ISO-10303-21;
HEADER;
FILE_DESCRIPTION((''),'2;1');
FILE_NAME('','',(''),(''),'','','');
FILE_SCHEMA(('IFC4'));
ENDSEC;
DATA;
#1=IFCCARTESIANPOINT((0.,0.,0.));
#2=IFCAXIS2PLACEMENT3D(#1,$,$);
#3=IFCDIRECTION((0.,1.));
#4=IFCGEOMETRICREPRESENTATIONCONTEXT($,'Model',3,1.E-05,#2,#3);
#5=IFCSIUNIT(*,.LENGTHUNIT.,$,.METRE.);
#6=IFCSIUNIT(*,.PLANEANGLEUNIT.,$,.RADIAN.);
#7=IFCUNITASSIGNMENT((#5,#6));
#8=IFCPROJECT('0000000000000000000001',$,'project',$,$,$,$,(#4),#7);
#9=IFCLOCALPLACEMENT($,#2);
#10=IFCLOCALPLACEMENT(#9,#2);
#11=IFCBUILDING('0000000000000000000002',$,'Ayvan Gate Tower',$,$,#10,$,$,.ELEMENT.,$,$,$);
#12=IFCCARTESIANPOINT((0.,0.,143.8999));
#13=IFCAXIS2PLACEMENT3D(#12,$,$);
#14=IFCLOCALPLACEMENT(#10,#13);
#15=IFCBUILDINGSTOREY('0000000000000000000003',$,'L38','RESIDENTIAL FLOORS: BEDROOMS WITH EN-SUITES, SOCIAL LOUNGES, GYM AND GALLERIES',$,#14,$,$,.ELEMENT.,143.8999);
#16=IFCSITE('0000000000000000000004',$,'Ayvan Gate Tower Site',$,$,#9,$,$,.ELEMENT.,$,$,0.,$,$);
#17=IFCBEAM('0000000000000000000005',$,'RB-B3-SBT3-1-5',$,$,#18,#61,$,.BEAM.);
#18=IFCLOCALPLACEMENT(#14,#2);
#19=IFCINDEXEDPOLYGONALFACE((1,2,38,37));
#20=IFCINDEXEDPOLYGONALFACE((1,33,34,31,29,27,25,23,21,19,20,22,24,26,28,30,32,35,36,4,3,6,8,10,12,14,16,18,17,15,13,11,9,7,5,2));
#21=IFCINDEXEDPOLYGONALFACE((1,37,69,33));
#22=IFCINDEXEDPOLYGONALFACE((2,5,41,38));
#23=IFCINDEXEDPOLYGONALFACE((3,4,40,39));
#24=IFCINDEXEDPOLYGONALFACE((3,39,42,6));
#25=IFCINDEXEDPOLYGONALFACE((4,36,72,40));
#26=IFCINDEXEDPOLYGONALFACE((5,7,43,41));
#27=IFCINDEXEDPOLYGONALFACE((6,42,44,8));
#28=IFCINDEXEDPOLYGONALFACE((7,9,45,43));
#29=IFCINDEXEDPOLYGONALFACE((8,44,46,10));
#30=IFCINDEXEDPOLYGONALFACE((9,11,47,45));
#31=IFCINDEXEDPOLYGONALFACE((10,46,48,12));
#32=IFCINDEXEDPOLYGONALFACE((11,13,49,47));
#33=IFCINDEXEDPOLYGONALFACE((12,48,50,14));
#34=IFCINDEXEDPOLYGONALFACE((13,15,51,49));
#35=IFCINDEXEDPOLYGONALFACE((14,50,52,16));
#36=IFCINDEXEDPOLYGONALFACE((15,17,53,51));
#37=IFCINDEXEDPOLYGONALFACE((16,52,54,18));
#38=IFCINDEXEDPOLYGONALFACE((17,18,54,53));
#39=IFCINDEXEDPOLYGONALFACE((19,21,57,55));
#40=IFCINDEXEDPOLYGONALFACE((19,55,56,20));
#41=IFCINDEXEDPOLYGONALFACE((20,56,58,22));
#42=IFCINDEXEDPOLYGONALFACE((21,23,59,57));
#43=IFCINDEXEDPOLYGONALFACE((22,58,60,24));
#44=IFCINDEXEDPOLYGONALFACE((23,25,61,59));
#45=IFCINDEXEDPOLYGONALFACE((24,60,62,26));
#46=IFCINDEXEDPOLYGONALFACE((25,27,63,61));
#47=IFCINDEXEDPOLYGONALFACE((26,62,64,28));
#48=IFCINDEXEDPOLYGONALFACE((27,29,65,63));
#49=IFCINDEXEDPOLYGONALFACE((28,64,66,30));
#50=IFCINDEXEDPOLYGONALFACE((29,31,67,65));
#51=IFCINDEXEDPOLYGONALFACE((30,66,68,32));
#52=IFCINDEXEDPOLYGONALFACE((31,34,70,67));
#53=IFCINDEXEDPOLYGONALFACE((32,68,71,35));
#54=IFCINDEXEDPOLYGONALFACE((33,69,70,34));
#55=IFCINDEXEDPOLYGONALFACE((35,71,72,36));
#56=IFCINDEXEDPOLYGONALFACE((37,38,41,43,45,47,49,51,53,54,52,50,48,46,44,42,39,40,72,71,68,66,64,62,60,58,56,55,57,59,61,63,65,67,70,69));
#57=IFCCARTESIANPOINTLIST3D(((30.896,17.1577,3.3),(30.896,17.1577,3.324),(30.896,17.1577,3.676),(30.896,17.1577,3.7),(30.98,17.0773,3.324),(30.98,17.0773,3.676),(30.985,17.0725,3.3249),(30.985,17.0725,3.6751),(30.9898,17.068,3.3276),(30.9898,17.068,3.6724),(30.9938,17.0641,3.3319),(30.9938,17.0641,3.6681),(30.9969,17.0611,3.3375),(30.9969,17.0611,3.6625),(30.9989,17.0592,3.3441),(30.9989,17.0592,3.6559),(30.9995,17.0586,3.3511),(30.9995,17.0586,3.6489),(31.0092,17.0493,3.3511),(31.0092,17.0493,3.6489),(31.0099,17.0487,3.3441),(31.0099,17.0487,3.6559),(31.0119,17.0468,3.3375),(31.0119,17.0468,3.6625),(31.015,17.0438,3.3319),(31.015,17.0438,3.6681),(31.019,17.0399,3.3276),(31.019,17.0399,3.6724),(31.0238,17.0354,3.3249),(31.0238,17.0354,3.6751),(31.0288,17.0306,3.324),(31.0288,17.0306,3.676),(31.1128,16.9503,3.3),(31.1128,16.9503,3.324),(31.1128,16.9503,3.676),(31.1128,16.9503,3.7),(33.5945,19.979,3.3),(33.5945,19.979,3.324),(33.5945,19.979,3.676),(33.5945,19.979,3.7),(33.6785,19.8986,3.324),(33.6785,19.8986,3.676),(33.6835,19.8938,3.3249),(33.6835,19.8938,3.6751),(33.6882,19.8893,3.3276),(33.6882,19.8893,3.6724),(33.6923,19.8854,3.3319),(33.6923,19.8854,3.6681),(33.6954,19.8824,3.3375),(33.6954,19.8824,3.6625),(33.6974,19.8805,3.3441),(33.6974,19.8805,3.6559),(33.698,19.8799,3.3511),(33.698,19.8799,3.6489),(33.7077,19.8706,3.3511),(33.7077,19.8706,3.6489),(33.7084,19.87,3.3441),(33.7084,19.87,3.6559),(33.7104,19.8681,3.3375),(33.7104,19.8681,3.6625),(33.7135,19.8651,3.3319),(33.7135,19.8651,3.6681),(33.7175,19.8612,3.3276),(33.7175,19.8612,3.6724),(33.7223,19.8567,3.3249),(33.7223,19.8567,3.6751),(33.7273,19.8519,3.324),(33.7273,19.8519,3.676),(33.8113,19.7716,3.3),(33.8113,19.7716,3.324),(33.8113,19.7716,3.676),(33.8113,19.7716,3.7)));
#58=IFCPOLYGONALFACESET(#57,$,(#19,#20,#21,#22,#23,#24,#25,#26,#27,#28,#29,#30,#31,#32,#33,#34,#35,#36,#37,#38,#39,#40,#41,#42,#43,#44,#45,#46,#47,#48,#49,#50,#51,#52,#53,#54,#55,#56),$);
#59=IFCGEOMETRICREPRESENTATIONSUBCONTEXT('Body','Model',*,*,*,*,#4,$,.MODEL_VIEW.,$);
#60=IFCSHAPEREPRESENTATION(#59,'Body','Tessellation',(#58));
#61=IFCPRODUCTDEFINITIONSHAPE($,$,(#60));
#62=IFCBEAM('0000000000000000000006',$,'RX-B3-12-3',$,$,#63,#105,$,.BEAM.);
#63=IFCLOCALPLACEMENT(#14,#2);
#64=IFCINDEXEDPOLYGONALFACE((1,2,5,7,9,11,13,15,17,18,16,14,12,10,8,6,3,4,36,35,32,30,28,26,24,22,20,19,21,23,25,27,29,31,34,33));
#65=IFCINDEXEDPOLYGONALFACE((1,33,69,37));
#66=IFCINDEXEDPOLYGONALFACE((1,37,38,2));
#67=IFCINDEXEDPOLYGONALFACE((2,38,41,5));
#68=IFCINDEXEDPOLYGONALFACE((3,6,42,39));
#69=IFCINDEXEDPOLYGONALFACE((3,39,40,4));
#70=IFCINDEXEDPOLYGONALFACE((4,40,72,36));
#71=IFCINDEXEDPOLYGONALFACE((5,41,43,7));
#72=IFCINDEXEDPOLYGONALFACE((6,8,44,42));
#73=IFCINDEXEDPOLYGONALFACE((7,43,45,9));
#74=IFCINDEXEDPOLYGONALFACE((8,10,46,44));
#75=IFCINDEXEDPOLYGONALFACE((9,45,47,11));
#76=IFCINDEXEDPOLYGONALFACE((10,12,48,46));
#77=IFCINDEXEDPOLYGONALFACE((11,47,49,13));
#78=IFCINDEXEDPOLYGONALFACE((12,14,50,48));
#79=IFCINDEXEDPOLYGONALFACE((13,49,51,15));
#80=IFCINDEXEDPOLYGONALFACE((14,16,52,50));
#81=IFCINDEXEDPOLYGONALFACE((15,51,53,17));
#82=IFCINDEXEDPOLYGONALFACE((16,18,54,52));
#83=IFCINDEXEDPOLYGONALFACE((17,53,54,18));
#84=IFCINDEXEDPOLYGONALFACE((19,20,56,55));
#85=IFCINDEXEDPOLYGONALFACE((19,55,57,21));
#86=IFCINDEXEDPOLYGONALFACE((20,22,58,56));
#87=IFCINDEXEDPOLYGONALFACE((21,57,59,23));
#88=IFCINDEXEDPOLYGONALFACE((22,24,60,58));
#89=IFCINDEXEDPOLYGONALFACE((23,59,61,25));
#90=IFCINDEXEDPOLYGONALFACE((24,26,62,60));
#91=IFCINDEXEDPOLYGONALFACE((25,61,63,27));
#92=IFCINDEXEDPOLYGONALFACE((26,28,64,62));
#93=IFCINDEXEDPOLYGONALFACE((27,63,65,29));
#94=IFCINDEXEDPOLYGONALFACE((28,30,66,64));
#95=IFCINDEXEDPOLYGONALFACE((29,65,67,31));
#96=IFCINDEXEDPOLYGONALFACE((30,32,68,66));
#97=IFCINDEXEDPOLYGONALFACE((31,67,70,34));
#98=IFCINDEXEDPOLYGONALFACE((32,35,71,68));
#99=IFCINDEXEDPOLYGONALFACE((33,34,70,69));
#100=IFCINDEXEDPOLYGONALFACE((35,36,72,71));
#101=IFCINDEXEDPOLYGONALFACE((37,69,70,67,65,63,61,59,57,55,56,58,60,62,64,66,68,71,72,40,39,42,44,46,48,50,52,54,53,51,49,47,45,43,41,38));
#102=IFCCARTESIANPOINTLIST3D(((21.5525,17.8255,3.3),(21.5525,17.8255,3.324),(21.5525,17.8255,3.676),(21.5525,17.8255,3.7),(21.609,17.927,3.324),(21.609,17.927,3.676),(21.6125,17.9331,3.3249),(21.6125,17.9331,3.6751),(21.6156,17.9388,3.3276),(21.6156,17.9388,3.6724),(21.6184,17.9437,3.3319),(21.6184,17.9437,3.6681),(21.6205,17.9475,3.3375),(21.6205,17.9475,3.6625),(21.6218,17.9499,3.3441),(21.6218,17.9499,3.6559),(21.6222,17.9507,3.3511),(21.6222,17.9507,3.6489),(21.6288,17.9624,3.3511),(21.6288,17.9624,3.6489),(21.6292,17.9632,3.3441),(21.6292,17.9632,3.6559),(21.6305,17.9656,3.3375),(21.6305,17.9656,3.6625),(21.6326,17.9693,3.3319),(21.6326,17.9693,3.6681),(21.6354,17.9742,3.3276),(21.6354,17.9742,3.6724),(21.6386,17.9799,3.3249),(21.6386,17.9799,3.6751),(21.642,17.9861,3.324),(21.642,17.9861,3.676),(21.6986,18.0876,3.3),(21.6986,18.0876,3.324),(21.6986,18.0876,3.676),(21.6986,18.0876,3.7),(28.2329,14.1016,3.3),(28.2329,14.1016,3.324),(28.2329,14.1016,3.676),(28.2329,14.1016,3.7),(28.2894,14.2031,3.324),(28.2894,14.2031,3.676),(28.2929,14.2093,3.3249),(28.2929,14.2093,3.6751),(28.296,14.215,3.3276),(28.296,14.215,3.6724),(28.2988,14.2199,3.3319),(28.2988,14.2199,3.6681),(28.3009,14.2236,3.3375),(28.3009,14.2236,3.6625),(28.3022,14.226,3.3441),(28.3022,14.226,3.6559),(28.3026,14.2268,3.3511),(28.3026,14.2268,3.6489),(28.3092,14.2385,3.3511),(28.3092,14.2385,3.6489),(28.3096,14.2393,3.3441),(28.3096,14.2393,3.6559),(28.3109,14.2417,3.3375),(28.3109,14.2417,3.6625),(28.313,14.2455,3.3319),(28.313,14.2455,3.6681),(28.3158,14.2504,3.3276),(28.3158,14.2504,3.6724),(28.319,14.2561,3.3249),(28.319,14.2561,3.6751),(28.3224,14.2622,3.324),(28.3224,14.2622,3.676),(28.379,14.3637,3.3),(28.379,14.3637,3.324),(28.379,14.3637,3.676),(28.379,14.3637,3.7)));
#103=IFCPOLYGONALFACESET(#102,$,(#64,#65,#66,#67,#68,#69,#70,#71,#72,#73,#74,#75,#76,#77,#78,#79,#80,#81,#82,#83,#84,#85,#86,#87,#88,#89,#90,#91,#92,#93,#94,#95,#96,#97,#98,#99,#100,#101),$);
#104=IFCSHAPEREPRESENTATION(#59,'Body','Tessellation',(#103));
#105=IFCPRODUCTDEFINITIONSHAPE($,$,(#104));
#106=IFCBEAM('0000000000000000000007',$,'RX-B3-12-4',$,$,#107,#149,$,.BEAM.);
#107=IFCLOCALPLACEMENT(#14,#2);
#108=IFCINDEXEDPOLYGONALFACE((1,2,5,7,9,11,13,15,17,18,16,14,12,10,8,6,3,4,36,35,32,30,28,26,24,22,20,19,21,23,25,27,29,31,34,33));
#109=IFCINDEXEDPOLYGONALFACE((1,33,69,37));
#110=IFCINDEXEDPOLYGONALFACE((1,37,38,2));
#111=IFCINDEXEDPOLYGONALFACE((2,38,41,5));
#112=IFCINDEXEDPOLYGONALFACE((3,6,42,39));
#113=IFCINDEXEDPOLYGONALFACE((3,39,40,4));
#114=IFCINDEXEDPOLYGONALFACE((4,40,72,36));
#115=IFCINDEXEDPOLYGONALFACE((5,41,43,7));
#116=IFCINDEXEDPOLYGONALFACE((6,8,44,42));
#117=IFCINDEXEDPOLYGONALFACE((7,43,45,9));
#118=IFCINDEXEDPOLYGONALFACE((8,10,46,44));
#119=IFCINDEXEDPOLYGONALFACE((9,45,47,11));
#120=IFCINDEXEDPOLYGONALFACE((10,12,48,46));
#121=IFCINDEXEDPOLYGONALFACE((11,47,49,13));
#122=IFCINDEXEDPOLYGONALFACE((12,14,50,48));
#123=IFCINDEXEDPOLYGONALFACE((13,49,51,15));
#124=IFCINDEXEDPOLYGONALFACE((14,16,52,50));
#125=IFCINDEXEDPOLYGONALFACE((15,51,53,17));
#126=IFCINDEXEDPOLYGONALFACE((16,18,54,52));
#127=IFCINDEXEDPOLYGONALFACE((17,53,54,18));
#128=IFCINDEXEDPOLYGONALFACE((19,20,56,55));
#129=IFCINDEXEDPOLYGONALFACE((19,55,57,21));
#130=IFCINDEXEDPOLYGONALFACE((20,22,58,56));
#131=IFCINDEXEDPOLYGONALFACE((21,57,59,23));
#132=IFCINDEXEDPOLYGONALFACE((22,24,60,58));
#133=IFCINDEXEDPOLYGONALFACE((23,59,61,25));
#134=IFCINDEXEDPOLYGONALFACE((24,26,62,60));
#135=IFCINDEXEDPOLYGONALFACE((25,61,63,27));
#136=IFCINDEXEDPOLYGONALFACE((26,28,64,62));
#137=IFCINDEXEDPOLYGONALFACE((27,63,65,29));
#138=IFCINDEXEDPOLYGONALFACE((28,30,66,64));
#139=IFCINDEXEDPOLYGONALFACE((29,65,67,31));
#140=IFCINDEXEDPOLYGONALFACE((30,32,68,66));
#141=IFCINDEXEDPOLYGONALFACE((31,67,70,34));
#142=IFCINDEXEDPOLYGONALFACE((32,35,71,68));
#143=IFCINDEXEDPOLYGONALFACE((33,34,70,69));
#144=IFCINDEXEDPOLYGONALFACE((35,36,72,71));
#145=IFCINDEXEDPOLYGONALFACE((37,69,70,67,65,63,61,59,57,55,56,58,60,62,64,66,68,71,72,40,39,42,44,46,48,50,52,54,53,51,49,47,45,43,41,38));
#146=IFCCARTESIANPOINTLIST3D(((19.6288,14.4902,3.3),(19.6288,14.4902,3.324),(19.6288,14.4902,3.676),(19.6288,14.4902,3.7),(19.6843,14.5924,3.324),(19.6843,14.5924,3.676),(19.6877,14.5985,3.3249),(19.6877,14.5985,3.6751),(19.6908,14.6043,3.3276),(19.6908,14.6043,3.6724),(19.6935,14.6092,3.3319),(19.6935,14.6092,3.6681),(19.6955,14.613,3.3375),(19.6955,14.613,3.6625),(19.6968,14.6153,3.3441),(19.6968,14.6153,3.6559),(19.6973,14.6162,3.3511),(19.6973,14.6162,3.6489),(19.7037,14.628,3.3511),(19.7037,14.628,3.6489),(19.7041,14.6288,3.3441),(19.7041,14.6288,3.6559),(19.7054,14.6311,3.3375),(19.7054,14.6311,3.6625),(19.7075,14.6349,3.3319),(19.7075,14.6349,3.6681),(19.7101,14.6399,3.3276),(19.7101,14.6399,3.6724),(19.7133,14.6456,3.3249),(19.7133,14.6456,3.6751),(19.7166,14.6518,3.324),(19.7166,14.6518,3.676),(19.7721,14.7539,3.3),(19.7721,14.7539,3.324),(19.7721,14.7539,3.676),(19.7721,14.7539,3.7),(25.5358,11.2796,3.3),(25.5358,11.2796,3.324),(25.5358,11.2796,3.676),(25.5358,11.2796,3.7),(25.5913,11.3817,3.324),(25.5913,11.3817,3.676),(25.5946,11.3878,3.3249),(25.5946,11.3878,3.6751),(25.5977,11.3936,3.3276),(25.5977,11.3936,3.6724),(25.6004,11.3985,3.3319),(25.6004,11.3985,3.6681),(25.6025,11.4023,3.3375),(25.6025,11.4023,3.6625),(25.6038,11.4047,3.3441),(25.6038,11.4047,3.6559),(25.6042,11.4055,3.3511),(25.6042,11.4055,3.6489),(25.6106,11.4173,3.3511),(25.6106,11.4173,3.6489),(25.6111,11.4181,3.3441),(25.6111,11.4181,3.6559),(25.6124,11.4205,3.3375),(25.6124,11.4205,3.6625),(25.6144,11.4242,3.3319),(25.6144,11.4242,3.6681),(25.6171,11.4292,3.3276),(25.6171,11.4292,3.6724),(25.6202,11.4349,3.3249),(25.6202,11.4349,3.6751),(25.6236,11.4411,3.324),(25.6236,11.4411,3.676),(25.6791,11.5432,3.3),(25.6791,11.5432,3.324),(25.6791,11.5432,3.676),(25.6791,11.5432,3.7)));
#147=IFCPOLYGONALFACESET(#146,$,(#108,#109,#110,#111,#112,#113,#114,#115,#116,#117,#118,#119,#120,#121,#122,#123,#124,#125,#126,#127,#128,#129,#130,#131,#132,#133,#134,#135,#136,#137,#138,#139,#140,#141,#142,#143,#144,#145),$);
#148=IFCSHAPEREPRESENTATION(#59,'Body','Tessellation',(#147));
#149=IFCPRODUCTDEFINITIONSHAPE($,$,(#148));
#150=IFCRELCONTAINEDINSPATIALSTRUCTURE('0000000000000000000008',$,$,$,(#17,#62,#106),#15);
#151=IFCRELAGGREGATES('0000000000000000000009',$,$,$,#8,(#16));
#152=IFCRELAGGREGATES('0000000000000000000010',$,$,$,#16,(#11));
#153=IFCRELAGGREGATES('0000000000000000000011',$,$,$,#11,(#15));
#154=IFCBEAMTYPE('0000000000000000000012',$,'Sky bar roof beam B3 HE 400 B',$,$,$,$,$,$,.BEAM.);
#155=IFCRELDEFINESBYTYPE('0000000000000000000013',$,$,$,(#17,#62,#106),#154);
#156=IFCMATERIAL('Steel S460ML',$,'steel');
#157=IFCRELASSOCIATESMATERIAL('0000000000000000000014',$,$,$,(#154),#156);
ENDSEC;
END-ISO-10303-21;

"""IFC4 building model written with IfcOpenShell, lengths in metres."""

from ifc_helpers import new_model, si_unit, direction, frame, origin, origin_2d, place, context, subcontext, project, spatial, i_section, extrude, material, material_profile, profile_set, type_object, element, save


model = new_model("IFC4")

# Units and contexts
model_context = context("Model", 3, precision=1e-05, world=origin(), true_north=direction((0.0, 1.0)))
body_context = subcontext(model_context, "Body", "Model", "MODEL_VIEW")
ifc_project = project(units=[si_unit("LENGTHUNIT", "METRE"), si_unit("PLANEANGLEUNIT", "RADIAN")], contexts=[model_context])

# Site, building, storey
site_placement = place(None, origin())
site = spatial("IfcSite", under=ifc_project, at=site_placement, Name="Ayvan Gate Tower Site", CompositionType="ELEMENT", RefElevation=0.0)
building_placement = place(site_placement, origin())
building = spatial("IfcBuilding", under=site, at=building_placement, Name="Ayvan Gate Tower", CompositionType="ELEMENT")
storey_placement = place(building_placement, frame((0.0, 0.0, 143.8999)))
storey = spatial("IfcBuildingStorey", under=building, at=storey_placement, Name="L38", Description="RESIDENTIAL FLOORS: BEDROOMS WITH EN-SUITES, SOCIAL LOUNGES, GYM AND GALLERIES", CompositionType="ELEMENT", Elevation=143.8999)

# Beams
ifc_material_1 = material(Name="Steel S460ML", Category="steel")
ifc_material_profile_1 = material_profile(ifc_material_1, i_section(OverallWidth=0.3, OverallDepth=0.3999, WebThickness=0.0134, FlangeThickness=0.0239, FilletRadius=0.0271, at=origin_2d()), Name="HE 400 B")
ifc_profile_set_1 = profile_set([ifc_material_profile_1], Name="Steel S460ML")
beam_type = type_object("IfcBeamType", Name="Sky bar roof beam B3 HE 400 B", PredefinedType="BEAM", material=ifc_profile_set_1)
for number, where, z_axis, x_axis, name in (
    (1, (31.0044, 17.054, 3.5), (0.691204, 0.72266, 0.0), (-0.72266, 0.691204, 0.0), "RB-B3-SBT3-1-5"),
):
    element("IfcBeam", number, at=place(storey_placement, frame(where, z_axis=z_axis, x_axis=x_axis)), inside=storey, type_object=beam_type, Name=name, PredefinedType="BEAM", context=body_context, shape_type="SweptSolid", body=[
        extrude(i_section(OverallWidth=0.3, OverallDepth=0.3999, WebThickness=0.0134, FlangeThickness=0.0239, FilletRadius=0.0271, at=origin_2d()), origin(), (0.0, 0.0, 1.0), 3.9041),
    ])
beam_1_placement = place(storey_placement, frame((28.3059, 14.2327, 3.5), z_axis=(-0.873461, 0.486895, 0.0), x_axis=(-0.486895, -0.873461, 0.0)))
element("IfcBeam", 2, at=beam_1_placement, inside=storey, type_object=beam_type, Name="RX-B3-12-3", PredefinedType="BEAM", context=body_context, shape_type="SweptSolid", body=[
    extrude(i_section(OverallWidth=0.3, OverallDepth=0.3999, WebThickness=0.0134, FlangeThickness=0.0239, FilletRadius=0.0271, at=origin_2d()), origin(), (0.0, 0.0, 1.0), 7.6482),
])
beam_2_placement = place(storey_placement, frame((25.6074, 11.4114, 3.5), z_axis=(-0.878601, 0.477557, 0.0), x_axis=(-0.477557, -0.878601, 0.0)))
element("IfcBeam", 3, at=beam_2_placement, inside=storey, type_object=beam_type, Name="RX-B3-12-4", PredefinedType="BEAM", context=body_context, shape_type="SweptSolid", body=[
    extrude(i_section(OverallWidth=0.3, OverallDepth=0.3999, WebThickness=0.0134, FlangeThickness=0.0239, FilletRadius=0.0271, at=origin_2d()), origin(), (0.0, 0.0, 1.0), 6.7231),
])

save(model, "model.ifc")
